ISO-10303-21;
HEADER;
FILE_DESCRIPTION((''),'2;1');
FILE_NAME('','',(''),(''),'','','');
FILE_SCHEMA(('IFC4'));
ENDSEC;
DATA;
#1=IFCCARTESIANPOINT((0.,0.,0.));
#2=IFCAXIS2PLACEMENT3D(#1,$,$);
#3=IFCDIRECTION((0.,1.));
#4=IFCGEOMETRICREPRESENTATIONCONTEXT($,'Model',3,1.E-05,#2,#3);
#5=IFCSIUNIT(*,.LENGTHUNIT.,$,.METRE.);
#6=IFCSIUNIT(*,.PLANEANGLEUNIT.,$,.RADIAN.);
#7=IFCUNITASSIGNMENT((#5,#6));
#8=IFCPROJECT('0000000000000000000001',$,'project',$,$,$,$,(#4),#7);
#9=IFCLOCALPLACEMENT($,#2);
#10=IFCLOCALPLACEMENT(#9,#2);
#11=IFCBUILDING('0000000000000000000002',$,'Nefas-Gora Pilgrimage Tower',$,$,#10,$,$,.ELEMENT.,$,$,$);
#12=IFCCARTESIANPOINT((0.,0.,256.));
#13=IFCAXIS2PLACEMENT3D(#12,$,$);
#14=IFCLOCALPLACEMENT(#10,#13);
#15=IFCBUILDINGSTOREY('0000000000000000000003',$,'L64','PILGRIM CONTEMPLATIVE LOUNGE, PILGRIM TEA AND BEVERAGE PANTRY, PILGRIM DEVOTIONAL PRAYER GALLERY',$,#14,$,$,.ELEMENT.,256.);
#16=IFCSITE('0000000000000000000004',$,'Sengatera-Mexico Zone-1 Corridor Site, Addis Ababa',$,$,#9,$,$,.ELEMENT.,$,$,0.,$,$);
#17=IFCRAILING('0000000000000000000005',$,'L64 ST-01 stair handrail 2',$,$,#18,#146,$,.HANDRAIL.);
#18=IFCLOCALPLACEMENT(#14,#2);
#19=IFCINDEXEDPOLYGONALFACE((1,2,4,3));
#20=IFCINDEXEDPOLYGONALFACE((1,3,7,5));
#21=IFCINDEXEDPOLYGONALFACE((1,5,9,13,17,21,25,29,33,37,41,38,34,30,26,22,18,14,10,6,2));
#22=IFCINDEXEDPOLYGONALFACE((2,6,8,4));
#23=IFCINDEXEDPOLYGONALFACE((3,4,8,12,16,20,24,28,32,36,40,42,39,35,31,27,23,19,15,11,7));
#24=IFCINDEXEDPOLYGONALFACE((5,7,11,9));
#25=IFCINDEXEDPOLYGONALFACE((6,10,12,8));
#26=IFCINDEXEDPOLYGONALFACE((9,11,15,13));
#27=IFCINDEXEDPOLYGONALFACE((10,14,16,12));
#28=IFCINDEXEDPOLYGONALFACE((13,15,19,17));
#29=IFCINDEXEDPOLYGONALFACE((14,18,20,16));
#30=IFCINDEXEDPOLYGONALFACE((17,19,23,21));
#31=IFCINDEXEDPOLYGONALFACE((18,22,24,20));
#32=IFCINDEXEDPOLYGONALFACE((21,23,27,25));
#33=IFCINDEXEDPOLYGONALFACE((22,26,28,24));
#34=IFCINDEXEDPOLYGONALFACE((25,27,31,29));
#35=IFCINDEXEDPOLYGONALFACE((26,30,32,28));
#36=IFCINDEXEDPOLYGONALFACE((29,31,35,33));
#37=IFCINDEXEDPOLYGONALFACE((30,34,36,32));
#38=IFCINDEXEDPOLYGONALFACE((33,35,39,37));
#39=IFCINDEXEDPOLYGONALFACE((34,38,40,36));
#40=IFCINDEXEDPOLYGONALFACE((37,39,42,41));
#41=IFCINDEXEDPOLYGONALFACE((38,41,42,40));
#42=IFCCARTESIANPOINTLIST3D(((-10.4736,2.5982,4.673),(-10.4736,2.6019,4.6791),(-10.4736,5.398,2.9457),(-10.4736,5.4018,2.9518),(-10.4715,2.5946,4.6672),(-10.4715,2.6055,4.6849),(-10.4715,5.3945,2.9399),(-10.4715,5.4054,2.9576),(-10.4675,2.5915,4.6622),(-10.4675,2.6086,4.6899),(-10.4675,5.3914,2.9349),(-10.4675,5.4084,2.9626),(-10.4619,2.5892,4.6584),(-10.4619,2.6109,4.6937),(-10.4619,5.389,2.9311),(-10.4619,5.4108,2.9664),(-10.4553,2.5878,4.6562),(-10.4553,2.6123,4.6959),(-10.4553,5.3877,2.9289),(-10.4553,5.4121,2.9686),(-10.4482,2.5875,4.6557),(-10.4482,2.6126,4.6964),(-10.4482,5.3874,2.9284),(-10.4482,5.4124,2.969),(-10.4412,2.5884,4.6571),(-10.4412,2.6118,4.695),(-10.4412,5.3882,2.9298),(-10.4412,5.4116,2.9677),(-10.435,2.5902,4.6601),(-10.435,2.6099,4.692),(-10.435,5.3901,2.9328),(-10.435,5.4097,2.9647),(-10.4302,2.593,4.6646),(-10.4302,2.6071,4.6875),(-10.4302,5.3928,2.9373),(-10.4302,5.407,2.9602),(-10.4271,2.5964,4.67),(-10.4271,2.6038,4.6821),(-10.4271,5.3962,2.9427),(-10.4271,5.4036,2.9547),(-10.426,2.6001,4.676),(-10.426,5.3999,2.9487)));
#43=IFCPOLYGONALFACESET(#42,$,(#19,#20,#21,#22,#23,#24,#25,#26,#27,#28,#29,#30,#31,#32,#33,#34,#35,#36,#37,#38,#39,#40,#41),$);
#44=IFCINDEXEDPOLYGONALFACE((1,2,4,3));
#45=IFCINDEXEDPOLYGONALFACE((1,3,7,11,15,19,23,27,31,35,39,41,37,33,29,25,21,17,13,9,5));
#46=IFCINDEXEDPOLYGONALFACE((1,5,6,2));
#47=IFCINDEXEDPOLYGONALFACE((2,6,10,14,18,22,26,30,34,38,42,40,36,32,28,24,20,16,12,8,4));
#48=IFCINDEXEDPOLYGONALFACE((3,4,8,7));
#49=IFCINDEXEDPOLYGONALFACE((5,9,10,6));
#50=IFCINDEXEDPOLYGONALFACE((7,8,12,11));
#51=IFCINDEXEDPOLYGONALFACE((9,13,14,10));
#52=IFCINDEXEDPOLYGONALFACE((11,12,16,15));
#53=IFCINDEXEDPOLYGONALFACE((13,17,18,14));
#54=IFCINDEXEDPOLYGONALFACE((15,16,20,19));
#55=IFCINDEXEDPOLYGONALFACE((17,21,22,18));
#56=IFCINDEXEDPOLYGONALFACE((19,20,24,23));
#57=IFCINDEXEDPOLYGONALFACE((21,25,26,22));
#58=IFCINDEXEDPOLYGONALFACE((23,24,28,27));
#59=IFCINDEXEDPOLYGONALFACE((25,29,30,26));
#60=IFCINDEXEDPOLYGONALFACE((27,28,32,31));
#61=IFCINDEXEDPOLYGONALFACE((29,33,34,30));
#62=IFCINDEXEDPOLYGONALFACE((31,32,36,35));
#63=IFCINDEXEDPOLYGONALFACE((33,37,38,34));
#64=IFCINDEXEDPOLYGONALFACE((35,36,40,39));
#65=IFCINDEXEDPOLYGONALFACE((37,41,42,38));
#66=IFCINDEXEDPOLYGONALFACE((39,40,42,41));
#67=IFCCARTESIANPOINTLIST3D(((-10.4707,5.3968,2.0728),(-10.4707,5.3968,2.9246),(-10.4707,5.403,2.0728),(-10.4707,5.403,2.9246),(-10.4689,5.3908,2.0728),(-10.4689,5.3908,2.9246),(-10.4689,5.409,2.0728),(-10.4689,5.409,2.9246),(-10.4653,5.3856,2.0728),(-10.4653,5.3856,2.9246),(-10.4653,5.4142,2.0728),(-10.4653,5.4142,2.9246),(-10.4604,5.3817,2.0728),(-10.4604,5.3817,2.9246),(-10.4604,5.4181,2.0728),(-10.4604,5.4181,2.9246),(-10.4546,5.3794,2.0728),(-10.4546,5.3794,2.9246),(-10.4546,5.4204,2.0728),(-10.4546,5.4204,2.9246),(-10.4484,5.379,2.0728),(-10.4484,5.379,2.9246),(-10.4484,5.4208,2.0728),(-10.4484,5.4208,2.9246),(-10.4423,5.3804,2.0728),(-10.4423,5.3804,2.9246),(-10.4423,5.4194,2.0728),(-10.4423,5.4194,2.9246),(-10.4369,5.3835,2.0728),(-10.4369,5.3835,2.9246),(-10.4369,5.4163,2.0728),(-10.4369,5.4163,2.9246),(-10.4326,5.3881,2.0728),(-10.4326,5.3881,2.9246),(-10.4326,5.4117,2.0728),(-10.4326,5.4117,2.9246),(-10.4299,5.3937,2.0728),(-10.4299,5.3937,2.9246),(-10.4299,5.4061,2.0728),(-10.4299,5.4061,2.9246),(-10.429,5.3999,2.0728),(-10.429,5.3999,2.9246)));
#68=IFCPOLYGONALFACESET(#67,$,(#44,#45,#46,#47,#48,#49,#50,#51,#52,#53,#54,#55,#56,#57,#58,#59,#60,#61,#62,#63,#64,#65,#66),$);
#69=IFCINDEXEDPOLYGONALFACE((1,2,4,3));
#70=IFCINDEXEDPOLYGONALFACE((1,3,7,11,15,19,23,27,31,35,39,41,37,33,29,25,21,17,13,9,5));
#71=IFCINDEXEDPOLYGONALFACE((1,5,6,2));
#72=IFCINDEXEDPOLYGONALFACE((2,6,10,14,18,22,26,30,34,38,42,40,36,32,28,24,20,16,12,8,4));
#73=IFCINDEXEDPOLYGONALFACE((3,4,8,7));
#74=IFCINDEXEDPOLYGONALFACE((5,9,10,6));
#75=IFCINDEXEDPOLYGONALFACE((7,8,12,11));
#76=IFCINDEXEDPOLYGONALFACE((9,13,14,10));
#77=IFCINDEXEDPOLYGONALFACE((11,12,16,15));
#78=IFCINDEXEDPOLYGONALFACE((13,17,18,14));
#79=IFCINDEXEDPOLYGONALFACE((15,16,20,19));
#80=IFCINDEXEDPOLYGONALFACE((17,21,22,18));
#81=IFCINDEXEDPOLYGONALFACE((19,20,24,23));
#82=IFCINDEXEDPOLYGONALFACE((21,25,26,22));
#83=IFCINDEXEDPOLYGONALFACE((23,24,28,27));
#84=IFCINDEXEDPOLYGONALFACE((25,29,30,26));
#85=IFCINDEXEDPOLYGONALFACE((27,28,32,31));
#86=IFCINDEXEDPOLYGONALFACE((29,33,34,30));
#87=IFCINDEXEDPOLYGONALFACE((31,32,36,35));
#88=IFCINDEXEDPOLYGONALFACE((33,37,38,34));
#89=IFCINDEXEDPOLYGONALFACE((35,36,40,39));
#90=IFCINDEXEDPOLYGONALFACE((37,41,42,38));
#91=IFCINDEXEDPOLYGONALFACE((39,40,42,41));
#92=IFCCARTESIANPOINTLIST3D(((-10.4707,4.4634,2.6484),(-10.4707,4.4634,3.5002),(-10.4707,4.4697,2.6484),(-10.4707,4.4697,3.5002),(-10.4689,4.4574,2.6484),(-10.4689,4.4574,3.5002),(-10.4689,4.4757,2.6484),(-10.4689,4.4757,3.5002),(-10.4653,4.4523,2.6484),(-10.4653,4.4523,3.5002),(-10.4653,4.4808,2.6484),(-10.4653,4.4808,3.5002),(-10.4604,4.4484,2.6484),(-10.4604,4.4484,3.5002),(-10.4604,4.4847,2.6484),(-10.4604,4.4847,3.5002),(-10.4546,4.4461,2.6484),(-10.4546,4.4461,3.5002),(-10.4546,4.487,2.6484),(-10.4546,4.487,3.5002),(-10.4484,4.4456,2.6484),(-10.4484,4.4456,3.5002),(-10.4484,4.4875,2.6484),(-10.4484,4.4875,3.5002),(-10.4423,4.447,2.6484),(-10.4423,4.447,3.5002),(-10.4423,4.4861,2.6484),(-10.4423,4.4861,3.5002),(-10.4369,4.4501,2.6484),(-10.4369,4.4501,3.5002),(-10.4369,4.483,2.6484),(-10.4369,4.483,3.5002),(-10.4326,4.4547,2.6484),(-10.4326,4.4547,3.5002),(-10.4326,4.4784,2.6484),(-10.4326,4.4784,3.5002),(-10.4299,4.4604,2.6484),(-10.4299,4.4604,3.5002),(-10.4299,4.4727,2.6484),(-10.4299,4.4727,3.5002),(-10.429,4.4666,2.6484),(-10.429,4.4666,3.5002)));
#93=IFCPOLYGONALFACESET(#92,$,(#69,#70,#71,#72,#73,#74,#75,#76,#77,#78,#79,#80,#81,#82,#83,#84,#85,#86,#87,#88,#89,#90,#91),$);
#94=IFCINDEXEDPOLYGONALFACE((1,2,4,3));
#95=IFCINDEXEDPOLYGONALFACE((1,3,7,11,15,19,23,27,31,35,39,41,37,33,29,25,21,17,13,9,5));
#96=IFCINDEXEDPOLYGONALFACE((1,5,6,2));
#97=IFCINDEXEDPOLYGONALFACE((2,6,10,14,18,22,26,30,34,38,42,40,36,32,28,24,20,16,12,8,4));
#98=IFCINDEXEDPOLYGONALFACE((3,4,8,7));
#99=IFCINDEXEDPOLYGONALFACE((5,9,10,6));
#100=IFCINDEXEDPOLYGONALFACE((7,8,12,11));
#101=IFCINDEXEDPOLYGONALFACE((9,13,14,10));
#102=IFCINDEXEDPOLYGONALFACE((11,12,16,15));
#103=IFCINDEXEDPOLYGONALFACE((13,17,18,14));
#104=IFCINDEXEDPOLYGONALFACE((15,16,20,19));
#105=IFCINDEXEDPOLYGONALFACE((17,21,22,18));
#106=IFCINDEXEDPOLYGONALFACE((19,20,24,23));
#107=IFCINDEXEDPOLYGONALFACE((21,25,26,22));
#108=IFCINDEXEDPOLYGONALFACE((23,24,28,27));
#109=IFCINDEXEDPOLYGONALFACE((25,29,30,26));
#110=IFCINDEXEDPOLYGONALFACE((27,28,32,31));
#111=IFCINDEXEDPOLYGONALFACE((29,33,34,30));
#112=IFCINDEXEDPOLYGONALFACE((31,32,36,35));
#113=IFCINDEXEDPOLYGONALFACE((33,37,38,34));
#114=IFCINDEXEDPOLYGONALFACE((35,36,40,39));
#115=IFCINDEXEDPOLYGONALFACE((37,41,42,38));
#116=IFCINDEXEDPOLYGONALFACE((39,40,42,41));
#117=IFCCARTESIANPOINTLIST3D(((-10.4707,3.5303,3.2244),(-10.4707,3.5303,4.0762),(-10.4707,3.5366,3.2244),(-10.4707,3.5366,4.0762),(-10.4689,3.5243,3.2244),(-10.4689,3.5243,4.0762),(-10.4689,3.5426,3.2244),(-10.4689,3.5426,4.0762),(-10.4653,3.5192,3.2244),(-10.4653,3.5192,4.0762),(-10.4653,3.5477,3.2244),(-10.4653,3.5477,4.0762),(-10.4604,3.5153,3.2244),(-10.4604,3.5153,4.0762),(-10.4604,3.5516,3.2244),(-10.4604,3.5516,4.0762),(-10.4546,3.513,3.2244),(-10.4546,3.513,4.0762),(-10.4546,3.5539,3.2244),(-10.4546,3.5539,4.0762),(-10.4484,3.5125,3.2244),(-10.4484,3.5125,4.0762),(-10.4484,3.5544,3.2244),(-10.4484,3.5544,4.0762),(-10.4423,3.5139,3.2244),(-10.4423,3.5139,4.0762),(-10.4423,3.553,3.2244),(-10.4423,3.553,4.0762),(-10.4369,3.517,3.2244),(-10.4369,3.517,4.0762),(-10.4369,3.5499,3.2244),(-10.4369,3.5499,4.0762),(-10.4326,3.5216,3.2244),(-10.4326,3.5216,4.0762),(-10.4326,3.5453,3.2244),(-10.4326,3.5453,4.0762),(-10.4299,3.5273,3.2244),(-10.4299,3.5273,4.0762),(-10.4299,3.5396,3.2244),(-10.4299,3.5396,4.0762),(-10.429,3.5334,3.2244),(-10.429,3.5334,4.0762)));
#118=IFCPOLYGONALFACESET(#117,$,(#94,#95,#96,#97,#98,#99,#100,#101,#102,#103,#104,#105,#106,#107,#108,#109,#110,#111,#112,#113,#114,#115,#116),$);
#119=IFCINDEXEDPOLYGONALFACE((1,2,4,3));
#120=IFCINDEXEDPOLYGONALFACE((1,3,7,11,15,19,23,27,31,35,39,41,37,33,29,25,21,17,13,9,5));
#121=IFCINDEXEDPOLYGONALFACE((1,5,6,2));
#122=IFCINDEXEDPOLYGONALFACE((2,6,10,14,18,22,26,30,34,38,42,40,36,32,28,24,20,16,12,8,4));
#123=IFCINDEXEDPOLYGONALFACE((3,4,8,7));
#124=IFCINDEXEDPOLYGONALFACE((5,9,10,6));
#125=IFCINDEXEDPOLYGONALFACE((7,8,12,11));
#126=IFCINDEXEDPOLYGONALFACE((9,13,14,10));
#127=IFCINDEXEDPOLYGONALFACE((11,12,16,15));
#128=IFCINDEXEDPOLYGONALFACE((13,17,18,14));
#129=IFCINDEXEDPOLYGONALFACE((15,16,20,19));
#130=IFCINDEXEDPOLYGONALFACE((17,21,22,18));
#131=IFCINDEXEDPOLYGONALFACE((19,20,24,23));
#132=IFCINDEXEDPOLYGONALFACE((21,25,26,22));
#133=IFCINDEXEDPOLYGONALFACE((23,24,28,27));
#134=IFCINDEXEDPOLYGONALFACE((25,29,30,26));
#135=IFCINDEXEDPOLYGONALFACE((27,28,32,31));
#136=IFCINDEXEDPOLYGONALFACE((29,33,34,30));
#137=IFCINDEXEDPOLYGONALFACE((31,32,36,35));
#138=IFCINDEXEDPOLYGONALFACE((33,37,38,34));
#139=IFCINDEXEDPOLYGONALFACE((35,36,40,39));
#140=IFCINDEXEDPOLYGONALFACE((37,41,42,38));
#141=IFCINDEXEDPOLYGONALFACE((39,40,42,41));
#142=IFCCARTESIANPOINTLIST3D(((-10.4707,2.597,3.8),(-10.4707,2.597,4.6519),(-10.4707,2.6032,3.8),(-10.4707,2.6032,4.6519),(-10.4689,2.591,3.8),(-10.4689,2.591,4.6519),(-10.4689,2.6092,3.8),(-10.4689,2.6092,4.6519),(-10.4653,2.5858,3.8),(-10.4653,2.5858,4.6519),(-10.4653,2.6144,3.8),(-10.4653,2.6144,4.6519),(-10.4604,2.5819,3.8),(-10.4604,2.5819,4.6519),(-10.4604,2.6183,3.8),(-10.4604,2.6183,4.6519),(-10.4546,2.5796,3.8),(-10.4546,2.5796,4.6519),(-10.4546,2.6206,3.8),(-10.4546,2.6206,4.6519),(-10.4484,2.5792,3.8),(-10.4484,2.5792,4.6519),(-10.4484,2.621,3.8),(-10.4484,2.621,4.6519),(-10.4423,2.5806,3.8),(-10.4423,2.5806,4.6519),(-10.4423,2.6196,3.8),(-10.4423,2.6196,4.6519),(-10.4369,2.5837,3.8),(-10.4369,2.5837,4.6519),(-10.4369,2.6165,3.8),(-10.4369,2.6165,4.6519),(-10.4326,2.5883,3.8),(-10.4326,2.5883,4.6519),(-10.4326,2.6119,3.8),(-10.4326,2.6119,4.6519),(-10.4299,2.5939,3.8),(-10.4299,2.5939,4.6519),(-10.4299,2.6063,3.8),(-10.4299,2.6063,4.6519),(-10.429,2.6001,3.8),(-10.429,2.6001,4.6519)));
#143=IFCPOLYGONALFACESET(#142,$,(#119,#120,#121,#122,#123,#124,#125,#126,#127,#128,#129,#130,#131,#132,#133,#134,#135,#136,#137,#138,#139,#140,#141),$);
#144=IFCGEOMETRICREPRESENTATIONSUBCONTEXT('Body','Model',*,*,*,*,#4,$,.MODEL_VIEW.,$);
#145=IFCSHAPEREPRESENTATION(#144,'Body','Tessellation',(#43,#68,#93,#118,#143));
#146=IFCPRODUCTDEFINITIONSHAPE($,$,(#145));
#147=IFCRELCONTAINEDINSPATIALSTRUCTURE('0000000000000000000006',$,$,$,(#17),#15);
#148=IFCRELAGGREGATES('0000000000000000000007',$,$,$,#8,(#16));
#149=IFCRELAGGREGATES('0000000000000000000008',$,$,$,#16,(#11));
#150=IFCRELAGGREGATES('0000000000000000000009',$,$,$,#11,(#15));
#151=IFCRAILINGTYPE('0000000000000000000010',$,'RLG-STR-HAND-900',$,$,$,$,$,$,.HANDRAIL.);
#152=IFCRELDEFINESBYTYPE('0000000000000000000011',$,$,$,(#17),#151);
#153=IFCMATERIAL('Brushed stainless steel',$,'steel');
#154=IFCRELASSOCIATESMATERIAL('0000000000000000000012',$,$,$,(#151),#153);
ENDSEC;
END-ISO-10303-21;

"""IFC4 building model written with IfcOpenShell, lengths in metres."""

from ifc_helpers import new_model, si_unit, direction, frame, origin, origin_2d, place, context, subcontext, project, spatial, circle, extrude, material, type_object, element, save


model = new_model("IFC4")

# Units and contexts
model_context = context("Model", 3, precision=1e-05, world=origin(), true_north=direction((0.0, 1.0)))
body_context = subcontext(model_context, "Body", "Model", "MODEL_VIEW")
ifc_project = project(units=[si_unit("LENGTHUNIT", "METRE"), si_unit("PLANEANGLEUNIT", "RADIAN")], contexts=[model_context])

# Site, building, storey
site_placement = place(None, origin())
site = spatial("IfcSite", under=ifc_project, at=site_placement, Name="Sengatera-Mexico Zone-1 Corridor Site, Addis Ababa", CompositionType="ELEMENT", RefElevation=0.0)
building_placement = place(site_placement, origin())
building = spatial("IfcBuilding", under=site, at=building_placement, Name="Nefas-Gora Pilgrimage Tower", CompositionType="ELEMENT")
storey_placement = place(building_placement, frame((0.0, 0.0, 256.0)))
storey = spatial("IfcBuildingStorey", under=building, at=storey_placement, Name="L64", Description="PILGRIM CONTEMPLATIVE LOUNGE, PILGRIM TEA AND BEVERAGE PANTRY, PILGRIM DEVOTIONAL PRAYER GALLERY", CompositionType="ELEMENT", Elevation=256.0)

# Railing
ifc_material_1 = material(Name="Brushed stainless steel", Category="steel")
railing_type = type_object("IfcRailingType", Name="RLG-STR-HAND-900", PredefinedType="HANDRAIL", material=ifc_material_1)
railing_placement = place(storey_placement, frame((-10.45, 5.3999, 2.0728)))
element("IfcRailing", 1, at=railing_placement, inside=storey, type_object=railing_type, Name="L64 ST-01 stair handrail 2", PredefinedType="HANDRAIL", context=body_context, shape_type="SweptSolid", body=[
    extrude(circle(Radius=0.0239, at=origin_2d()), frame((0.0, 0.0, 0.876), z_axis=(0.0, -0.851069, 0.525054), x_axis=(1.0, 0.0, 0.0)), (0.0, 0.0, 1.0), 3.2898),
    extrude(circle(Radius=0.021, at=origin_2d()), origin(), (0.0, 0.0, 1.0), 0.8518),
    extrude(circle(Radius=0.021, at=origin_2d()), frame((0.0, -0.9333, 0.5757)), (0.0, 0.0, 1.0), 0.8518),
    extrude(circle(Radius=0.021, at=origin_2d()), frame((0.0, -1.8665, 1.1516)), (0.0, 0.0, 1.0), 0.8518),
    extrude(circle(Radius=0.021, at=origin_2d()), frame((0.0, -2.7998, 1.7273)), (0.0, 0.0, 1.0), 0.8518),
])

save(model, "model.ifc")
